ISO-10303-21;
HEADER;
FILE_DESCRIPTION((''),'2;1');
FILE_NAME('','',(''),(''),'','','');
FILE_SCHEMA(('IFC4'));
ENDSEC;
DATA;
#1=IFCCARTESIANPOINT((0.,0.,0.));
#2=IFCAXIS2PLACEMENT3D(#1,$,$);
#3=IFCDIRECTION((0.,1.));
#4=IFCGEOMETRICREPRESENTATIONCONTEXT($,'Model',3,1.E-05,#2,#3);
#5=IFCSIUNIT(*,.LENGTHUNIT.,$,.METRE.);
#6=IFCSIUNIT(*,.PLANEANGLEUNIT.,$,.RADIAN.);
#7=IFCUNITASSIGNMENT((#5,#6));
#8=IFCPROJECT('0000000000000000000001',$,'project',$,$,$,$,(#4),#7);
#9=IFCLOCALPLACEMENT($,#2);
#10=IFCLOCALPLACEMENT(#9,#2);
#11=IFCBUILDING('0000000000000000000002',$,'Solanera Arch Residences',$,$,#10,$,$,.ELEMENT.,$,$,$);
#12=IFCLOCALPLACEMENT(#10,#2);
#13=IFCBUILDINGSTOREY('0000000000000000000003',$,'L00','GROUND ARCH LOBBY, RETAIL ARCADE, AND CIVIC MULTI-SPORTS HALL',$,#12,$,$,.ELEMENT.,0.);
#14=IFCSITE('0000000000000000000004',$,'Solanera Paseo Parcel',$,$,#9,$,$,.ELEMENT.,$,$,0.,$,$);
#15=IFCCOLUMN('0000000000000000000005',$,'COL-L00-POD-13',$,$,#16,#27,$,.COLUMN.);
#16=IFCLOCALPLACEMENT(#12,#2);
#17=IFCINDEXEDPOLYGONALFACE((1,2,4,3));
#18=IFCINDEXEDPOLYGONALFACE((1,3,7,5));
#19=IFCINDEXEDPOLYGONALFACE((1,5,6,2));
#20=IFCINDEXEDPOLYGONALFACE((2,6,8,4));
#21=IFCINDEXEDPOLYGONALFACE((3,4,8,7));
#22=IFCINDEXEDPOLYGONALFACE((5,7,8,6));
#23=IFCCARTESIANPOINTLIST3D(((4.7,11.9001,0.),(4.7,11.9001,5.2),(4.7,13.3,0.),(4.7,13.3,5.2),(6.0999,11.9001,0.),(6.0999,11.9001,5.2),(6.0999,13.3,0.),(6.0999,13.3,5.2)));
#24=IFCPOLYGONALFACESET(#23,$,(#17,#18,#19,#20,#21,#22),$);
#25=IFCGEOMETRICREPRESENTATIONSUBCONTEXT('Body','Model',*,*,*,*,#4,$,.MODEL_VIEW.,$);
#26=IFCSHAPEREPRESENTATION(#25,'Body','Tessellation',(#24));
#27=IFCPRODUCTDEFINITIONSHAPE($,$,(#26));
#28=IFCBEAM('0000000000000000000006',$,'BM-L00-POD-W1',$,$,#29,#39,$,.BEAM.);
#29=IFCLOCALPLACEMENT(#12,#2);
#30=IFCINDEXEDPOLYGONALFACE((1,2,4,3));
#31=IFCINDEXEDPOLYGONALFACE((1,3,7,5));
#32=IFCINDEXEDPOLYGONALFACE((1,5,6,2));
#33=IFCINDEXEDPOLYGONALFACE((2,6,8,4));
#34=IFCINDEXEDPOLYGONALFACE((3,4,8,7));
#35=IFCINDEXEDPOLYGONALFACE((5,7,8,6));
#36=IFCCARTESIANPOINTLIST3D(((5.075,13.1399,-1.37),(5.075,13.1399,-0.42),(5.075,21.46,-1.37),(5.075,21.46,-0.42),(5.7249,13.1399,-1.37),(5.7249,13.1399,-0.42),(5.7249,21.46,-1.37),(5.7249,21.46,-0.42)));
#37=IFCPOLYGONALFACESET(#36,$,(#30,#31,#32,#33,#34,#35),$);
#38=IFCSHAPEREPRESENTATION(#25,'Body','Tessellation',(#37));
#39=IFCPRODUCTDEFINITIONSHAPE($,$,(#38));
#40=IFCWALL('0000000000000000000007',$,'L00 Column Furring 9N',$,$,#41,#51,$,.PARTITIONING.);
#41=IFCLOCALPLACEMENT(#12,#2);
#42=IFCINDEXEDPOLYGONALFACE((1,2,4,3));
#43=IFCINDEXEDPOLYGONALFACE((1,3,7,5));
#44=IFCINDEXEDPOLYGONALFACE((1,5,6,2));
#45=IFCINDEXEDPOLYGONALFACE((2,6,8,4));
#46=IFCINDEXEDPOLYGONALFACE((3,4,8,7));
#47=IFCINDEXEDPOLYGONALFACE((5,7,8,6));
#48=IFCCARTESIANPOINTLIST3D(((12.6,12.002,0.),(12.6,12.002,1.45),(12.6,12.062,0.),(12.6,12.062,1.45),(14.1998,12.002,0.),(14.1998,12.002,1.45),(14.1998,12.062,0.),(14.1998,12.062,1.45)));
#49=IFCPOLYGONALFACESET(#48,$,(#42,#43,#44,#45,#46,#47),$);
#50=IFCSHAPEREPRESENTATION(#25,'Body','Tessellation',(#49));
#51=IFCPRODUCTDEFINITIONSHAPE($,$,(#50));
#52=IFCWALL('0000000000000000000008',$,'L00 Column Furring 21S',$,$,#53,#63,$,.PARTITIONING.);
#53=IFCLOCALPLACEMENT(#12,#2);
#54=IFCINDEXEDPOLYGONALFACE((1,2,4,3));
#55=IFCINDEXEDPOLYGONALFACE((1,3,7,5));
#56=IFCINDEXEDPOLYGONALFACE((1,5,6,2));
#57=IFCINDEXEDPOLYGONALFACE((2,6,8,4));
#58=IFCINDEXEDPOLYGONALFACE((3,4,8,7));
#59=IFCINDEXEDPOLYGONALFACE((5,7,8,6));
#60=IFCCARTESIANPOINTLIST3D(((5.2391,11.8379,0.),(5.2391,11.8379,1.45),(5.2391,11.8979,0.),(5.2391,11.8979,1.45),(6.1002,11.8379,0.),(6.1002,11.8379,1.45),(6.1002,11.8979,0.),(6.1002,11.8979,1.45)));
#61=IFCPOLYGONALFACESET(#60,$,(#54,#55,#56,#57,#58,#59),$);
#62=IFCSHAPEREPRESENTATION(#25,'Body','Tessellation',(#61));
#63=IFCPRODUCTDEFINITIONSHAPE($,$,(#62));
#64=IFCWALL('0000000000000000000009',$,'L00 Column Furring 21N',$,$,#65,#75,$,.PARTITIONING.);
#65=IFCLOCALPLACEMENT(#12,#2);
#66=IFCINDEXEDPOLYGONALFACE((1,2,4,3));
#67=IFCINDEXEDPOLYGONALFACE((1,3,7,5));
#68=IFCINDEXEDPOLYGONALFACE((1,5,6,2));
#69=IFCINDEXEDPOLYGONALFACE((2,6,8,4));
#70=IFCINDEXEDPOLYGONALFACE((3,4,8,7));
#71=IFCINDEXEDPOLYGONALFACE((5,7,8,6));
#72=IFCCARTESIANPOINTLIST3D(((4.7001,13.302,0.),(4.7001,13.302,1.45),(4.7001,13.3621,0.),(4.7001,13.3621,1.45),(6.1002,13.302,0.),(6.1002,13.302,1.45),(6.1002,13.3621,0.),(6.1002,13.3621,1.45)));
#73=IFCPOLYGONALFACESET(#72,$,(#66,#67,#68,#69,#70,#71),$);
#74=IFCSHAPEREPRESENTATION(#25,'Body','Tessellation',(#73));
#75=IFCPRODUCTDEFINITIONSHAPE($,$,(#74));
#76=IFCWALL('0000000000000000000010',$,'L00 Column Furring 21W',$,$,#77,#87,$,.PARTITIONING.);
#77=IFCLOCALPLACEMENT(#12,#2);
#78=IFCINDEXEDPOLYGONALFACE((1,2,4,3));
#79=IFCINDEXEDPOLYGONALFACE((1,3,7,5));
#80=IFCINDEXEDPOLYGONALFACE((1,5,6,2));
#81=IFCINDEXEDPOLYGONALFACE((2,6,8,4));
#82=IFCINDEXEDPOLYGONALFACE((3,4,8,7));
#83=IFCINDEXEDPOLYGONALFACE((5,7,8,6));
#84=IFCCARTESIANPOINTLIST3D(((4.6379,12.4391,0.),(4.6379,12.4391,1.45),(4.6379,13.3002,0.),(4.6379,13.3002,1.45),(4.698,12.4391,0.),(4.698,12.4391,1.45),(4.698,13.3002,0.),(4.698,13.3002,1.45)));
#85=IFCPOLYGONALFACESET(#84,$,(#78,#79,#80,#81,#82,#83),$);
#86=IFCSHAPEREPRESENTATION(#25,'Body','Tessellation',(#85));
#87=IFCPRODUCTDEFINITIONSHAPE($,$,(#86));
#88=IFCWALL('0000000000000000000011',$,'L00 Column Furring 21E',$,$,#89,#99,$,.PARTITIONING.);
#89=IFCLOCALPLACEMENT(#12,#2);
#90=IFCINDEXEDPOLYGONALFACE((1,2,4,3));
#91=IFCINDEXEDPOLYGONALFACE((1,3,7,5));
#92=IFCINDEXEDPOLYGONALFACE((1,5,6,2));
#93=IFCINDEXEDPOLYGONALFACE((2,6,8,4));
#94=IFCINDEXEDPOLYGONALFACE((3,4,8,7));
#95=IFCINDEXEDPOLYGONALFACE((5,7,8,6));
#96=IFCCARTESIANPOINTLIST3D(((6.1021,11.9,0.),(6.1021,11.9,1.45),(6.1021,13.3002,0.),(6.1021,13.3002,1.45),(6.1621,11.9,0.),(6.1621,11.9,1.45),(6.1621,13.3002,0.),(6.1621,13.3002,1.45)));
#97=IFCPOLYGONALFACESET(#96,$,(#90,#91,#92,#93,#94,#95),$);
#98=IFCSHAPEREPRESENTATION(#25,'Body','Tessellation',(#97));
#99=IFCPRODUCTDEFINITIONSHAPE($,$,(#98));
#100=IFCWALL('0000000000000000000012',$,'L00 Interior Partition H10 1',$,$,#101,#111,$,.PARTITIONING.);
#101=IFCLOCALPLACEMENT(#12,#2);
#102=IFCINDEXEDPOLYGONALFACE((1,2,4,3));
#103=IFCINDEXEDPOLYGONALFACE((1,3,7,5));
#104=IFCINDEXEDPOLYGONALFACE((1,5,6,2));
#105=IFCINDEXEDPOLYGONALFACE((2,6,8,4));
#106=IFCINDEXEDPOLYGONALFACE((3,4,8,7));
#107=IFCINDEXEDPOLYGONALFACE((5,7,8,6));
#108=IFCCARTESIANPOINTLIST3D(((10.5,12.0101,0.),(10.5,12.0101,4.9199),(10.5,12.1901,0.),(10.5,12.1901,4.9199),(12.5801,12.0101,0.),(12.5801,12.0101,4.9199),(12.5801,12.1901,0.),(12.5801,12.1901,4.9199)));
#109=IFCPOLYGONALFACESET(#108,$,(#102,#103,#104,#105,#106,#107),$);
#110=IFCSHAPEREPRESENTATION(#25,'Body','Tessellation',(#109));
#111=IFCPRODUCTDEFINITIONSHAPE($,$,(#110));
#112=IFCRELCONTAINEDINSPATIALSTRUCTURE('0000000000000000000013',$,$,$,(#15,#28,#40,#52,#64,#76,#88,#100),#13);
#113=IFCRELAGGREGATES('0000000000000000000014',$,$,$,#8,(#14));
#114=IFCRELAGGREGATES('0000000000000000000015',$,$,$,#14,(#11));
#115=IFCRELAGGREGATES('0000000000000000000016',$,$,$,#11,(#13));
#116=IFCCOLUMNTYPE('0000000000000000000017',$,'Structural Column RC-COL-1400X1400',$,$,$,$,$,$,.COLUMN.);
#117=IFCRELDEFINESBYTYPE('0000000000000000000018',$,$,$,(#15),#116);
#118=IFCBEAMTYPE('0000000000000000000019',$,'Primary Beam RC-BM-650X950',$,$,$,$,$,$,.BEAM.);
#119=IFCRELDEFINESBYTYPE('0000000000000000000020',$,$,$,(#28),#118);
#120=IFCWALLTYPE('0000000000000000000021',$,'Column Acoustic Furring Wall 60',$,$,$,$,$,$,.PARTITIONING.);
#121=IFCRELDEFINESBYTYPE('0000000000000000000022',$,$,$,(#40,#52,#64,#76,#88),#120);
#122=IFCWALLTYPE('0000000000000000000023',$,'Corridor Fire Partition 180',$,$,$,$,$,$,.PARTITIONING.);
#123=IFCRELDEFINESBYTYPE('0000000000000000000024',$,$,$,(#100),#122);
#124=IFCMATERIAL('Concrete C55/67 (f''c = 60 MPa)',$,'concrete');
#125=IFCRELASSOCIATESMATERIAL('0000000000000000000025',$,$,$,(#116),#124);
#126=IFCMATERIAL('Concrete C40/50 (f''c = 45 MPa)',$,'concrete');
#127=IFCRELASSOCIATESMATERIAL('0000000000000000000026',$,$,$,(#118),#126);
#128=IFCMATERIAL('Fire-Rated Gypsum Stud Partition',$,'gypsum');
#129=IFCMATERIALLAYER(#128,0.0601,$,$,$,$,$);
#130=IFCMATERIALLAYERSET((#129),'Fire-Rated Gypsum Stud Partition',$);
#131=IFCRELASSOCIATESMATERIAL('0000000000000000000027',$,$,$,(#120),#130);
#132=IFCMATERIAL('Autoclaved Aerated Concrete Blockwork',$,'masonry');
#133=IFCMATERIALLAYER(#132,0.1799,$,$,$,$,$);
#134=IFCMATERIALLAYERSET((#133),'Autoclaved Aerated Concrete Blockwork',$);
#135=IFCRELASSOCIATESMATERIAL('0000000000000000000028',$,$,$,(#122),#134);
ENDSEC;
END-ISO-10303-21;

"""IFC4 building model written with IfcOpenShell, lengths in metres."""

from ifc_helpers import new_model, si_unit, direction, frame, frame_2d, origin, origin_2d, place, context, subcontext, project, spatial, rectangle, extrude, material, layer, layer_set, material_profile, profile_set, type_object, element, save


model = new_model("IFC4")

# Units and contexts
model_context = context("Model", 3, precision=1e-05, world=origin(), true_north=direction((0.0, 1.0)))
body_context = subcontext(model_context, "Body", "Model", "MODEL_VIEW")
ifc_project = project(units=[si_unit("LENGTHUNIT", "METRE"), si_unit("PLANEANGLEUNIT", "RADIAN")], contexts=[model_context])

# Site, building, storey
site_placement = place(None, origin())
site = spatial("IfcSite", under=ifc_project, at=site_placement, Name="Solanera Paseo Parcel", CompositionType="ELEMENT", RefElevation=0.0)
building_placement = place(site_placement, origin())
building = spatial("IfcBuilding", under=site, at=building_placement, Name="Solanera Arch Residences", CompositionType="ELEMENT")
storey_placement = place(building_placement, origin())
storey = spatial("IfcBuildingStorey", under=building, at=storey_placement, Name="L00", Description="GROUND ARCH LOBBY, RETAIL ARCADE, AND CIVIC MULTI-SPORTS HALL", CompositionType="ELEMENT", Elevation=0.0)

# Column
ifc_material_1 = material(Name="Concrete C55/67 (f'c = 60 MPa)", Category="concrete")
ifc_material_profile_1 = material_profile(ifc_material_1, rectangle(XDim=1.3999, YDim=1.3999, at=origin_2d()))
ifc_profile_set_1 = profile_set([ifc_material_profile_1], Name="Concrete C55/67 (f'c = 60 MPa)")
column_type = type_object("IfcColumnType", Name="Structural Column RC-COL-1400X1400", PredefinedType="COLUMN", material=ifc_profile_set_1)
column_placement = place(storey_placement, frame((5.3999, 12.6001, 0.0), z_axis=(0.0, 0.0, 1.0), x_axis=(1.0, 0.0, 0.0)))
element("IfcColumn", 1, at=column_placement, inside=storey, type_object=column_type, Name="COL-L00-POD-13", PredefinedType="COLUMN", context=body_context, shape_type="SweptSolid", body=[
    extrude(rectangle(XDim=1.3999, YDim=1.3999, at=origin_2d()), origin(), (0.0, 0.0, 1.0), 5.2),
])

# Beam
ifc_material_2 = material(Name="Concrete C40/50 (f'c = 45 MPa)", Category="concrete")
ifc_material_profile_2 = material_profile(ifc_material_2, rectangle(XDim=0.6499, YDim=0.95, at=origin_2d()))
ifc_profile_set_2 = profile_set([ifc_material_profile_2], Name="Concrete C40/50 (f'c = 45 MPa)")
beam_type = type_object("IfcBeamType", Name="Primary Beam RC-BM-650X950", PredefinedType="BEAM", material=ifc_profile_set_2)
beam_placement = place(storey_placement, frame((5.3999, 13.1399, -0.895), z_axis=(0.0, 1.0, 0.0), x_axis=(-1.0, 0.0, 0.0)))
element("IfcBeam", 2, at=beam_placement, inside=storey, type_object=beam_type, Name="BM-L00-POD-W1", PredefinedType="BEAM", context=body_context, shape_type="SweptSolid", body=[
    extrude(rectangle(XDim=0.6499, YDim=0.95, at=origin_2d()), origin(), (0.0, 0.0, 1.0), 8.3201),
])

# Walls
ifc_material_3 = material(Name="Fire-Rated Gypsum Stud Partition", Category="gypsum")
ifc_layer_1 = layer(ifc_material_3, 0.0601)
ifc_layer_set_1 = layer_set([ifc_layer_1], Name="Fire-Rated Gypsum Stud Partition")
wall_type_1 = type_object("IfcWallType", Name="Column Acoustic Furring Wall 60", PredefinedType="PARTITIONING", material=ifc_layer_set_1)
wall_1_placement = place(storey_placement, frame((12.6001, 12.032, 0.0), z_axis=(0.0, 0.0, 1.0), x_axis=(1.0, 0.0, 0.0)))
element("IfcWall", 3, at=wall_1_placement, inside=storey, type_object=wall_type_1, Name="L00 Column Furring 9N", PredefinedType="PARTITIONING", context=body_context, shape_type="SweptSolid", body=[
    extrude(rectangle(XDim=1.5999, YDim=0.0601, at=frame_2d((0.7998, 0.0))), origin(), (0.0, 0.0, 1.0), 1.45),
])
wall_2_placement = place(storey_placement, frame((5.239, 11.8679, 0.0), z_axis=(0.0, 0.0, 1.0), x_axis=(1.0, 0.0, 0.0)))
element("IfcWall", 4, at=wall_2_placement, inside=storey, type_object=wall_type_1, Name="L00 Column Furring 21S", PredefinedType="PARTITIONING", context=body_context, shape_type="SweptSolid", body=[
    extrude(rectangle(XDim=0.8611, YDim=0.0601, at=frame_2d((0.4307, 0.0))), origin(), (0.0, 0.0, 1.0), 1.45),
])
wall_3_placement = place(storey_placement, frame((4.7, 13.332, 0.0), z_axis=(0.0, 0.0, 1.0), x_axis=(1.0, 0.0, 0.0)))
element("IfcWall", 5, at=wall_3_placement, inside=storey, type_object=wall_type_1, Name="L00 Column Furring 21N", PredefinedType="PARTITIONING", context=body_context, shape_type="SweptSolid", body=[
    extrude(rectangle(XDim=1.4001, YDim=0.0601, at=frame_2d((0.7002, 0.0))), origin(), (0.0, 0.0, 1.0), 1.45),
])
wall_4_placement = place(storey_placement, frame((4.668, 12.439, 0.0), z_axis=(0.0, 0.0, 1.0), x_axis=(0.0, 1.0, 0.0)))
element("IfcWall", 6, at=wall_4_placement, inside=storey, type_object=wall_type_1, Name="L00 Column Furring 21W", PredefinedType="PARTITIONING", context=body_context, shape_type="SweptSolid", body=[
    extrude(rectangle(XDim=0.8611, YDim=0.0601, at=frame_2d((0.4307, 0.0))), origin(), (0.0, 0.0, 1.0), 1.45),
])
wall_5_placement = place(storey_placement, frame((6.1321, 11.8999, 0.0), z_axis=(0.0, 0.0, 1.0), x_axis=(0.0, 1.0, 0.0)))
element("IfcWall", 7, at=wall_5_placement, inside=storey, type_object=wall_type_1, Name="L00 Column Furring 21E", PredefinedType="PARTITIONING", context=body_context, shape_type="SweptSolid", body=[
    extrude(rectangle(XDim=1.4001, YDim=0.0601, at=frame_2d((0.7002, 0.0))), origin(), (0.0, 0.0, 1.0), 1.45),
])
ifc_material_4 = material(Name="Autoclaved Aerated Concrete Blockwork", Category="masonry")
ifc_layer_2 = layer(ifc_material_4, 0.1799)
ifc_layer_set_2 = layer_set([ifc_layer_2], Name="Autoclaved Aerated Concrete Blockwork")
wall_type_2 = type_object("IfcWallType", Name="Corridor Fire Partition 180", PredefinedType="PARTITIONING", material=ifc_layer_set_2)
wall_6_placement = place(storey_placement, frame((10.5, 12.1001, 0.0), z_axis=(0.0, 0.0, 1.0), x_axis=(1.0, 0.0, 0.0)))
element("IfcWall", 8, at=wall_6_placement, inside=storey, type_object=wall_type_2, Name="L00 Interior Partition H10 1", PredefinedType="PARTITIONING", context=body_context, shape_type="SweptSolid", body=[
    extrude(rectangle(XDim=2.0801, YDim=0.1799, at=frame_2d((1.04, 0.0))), origin(), (0.0, 0.0, 1.0), 4.9199),
])

save(model, "model.ifc")
